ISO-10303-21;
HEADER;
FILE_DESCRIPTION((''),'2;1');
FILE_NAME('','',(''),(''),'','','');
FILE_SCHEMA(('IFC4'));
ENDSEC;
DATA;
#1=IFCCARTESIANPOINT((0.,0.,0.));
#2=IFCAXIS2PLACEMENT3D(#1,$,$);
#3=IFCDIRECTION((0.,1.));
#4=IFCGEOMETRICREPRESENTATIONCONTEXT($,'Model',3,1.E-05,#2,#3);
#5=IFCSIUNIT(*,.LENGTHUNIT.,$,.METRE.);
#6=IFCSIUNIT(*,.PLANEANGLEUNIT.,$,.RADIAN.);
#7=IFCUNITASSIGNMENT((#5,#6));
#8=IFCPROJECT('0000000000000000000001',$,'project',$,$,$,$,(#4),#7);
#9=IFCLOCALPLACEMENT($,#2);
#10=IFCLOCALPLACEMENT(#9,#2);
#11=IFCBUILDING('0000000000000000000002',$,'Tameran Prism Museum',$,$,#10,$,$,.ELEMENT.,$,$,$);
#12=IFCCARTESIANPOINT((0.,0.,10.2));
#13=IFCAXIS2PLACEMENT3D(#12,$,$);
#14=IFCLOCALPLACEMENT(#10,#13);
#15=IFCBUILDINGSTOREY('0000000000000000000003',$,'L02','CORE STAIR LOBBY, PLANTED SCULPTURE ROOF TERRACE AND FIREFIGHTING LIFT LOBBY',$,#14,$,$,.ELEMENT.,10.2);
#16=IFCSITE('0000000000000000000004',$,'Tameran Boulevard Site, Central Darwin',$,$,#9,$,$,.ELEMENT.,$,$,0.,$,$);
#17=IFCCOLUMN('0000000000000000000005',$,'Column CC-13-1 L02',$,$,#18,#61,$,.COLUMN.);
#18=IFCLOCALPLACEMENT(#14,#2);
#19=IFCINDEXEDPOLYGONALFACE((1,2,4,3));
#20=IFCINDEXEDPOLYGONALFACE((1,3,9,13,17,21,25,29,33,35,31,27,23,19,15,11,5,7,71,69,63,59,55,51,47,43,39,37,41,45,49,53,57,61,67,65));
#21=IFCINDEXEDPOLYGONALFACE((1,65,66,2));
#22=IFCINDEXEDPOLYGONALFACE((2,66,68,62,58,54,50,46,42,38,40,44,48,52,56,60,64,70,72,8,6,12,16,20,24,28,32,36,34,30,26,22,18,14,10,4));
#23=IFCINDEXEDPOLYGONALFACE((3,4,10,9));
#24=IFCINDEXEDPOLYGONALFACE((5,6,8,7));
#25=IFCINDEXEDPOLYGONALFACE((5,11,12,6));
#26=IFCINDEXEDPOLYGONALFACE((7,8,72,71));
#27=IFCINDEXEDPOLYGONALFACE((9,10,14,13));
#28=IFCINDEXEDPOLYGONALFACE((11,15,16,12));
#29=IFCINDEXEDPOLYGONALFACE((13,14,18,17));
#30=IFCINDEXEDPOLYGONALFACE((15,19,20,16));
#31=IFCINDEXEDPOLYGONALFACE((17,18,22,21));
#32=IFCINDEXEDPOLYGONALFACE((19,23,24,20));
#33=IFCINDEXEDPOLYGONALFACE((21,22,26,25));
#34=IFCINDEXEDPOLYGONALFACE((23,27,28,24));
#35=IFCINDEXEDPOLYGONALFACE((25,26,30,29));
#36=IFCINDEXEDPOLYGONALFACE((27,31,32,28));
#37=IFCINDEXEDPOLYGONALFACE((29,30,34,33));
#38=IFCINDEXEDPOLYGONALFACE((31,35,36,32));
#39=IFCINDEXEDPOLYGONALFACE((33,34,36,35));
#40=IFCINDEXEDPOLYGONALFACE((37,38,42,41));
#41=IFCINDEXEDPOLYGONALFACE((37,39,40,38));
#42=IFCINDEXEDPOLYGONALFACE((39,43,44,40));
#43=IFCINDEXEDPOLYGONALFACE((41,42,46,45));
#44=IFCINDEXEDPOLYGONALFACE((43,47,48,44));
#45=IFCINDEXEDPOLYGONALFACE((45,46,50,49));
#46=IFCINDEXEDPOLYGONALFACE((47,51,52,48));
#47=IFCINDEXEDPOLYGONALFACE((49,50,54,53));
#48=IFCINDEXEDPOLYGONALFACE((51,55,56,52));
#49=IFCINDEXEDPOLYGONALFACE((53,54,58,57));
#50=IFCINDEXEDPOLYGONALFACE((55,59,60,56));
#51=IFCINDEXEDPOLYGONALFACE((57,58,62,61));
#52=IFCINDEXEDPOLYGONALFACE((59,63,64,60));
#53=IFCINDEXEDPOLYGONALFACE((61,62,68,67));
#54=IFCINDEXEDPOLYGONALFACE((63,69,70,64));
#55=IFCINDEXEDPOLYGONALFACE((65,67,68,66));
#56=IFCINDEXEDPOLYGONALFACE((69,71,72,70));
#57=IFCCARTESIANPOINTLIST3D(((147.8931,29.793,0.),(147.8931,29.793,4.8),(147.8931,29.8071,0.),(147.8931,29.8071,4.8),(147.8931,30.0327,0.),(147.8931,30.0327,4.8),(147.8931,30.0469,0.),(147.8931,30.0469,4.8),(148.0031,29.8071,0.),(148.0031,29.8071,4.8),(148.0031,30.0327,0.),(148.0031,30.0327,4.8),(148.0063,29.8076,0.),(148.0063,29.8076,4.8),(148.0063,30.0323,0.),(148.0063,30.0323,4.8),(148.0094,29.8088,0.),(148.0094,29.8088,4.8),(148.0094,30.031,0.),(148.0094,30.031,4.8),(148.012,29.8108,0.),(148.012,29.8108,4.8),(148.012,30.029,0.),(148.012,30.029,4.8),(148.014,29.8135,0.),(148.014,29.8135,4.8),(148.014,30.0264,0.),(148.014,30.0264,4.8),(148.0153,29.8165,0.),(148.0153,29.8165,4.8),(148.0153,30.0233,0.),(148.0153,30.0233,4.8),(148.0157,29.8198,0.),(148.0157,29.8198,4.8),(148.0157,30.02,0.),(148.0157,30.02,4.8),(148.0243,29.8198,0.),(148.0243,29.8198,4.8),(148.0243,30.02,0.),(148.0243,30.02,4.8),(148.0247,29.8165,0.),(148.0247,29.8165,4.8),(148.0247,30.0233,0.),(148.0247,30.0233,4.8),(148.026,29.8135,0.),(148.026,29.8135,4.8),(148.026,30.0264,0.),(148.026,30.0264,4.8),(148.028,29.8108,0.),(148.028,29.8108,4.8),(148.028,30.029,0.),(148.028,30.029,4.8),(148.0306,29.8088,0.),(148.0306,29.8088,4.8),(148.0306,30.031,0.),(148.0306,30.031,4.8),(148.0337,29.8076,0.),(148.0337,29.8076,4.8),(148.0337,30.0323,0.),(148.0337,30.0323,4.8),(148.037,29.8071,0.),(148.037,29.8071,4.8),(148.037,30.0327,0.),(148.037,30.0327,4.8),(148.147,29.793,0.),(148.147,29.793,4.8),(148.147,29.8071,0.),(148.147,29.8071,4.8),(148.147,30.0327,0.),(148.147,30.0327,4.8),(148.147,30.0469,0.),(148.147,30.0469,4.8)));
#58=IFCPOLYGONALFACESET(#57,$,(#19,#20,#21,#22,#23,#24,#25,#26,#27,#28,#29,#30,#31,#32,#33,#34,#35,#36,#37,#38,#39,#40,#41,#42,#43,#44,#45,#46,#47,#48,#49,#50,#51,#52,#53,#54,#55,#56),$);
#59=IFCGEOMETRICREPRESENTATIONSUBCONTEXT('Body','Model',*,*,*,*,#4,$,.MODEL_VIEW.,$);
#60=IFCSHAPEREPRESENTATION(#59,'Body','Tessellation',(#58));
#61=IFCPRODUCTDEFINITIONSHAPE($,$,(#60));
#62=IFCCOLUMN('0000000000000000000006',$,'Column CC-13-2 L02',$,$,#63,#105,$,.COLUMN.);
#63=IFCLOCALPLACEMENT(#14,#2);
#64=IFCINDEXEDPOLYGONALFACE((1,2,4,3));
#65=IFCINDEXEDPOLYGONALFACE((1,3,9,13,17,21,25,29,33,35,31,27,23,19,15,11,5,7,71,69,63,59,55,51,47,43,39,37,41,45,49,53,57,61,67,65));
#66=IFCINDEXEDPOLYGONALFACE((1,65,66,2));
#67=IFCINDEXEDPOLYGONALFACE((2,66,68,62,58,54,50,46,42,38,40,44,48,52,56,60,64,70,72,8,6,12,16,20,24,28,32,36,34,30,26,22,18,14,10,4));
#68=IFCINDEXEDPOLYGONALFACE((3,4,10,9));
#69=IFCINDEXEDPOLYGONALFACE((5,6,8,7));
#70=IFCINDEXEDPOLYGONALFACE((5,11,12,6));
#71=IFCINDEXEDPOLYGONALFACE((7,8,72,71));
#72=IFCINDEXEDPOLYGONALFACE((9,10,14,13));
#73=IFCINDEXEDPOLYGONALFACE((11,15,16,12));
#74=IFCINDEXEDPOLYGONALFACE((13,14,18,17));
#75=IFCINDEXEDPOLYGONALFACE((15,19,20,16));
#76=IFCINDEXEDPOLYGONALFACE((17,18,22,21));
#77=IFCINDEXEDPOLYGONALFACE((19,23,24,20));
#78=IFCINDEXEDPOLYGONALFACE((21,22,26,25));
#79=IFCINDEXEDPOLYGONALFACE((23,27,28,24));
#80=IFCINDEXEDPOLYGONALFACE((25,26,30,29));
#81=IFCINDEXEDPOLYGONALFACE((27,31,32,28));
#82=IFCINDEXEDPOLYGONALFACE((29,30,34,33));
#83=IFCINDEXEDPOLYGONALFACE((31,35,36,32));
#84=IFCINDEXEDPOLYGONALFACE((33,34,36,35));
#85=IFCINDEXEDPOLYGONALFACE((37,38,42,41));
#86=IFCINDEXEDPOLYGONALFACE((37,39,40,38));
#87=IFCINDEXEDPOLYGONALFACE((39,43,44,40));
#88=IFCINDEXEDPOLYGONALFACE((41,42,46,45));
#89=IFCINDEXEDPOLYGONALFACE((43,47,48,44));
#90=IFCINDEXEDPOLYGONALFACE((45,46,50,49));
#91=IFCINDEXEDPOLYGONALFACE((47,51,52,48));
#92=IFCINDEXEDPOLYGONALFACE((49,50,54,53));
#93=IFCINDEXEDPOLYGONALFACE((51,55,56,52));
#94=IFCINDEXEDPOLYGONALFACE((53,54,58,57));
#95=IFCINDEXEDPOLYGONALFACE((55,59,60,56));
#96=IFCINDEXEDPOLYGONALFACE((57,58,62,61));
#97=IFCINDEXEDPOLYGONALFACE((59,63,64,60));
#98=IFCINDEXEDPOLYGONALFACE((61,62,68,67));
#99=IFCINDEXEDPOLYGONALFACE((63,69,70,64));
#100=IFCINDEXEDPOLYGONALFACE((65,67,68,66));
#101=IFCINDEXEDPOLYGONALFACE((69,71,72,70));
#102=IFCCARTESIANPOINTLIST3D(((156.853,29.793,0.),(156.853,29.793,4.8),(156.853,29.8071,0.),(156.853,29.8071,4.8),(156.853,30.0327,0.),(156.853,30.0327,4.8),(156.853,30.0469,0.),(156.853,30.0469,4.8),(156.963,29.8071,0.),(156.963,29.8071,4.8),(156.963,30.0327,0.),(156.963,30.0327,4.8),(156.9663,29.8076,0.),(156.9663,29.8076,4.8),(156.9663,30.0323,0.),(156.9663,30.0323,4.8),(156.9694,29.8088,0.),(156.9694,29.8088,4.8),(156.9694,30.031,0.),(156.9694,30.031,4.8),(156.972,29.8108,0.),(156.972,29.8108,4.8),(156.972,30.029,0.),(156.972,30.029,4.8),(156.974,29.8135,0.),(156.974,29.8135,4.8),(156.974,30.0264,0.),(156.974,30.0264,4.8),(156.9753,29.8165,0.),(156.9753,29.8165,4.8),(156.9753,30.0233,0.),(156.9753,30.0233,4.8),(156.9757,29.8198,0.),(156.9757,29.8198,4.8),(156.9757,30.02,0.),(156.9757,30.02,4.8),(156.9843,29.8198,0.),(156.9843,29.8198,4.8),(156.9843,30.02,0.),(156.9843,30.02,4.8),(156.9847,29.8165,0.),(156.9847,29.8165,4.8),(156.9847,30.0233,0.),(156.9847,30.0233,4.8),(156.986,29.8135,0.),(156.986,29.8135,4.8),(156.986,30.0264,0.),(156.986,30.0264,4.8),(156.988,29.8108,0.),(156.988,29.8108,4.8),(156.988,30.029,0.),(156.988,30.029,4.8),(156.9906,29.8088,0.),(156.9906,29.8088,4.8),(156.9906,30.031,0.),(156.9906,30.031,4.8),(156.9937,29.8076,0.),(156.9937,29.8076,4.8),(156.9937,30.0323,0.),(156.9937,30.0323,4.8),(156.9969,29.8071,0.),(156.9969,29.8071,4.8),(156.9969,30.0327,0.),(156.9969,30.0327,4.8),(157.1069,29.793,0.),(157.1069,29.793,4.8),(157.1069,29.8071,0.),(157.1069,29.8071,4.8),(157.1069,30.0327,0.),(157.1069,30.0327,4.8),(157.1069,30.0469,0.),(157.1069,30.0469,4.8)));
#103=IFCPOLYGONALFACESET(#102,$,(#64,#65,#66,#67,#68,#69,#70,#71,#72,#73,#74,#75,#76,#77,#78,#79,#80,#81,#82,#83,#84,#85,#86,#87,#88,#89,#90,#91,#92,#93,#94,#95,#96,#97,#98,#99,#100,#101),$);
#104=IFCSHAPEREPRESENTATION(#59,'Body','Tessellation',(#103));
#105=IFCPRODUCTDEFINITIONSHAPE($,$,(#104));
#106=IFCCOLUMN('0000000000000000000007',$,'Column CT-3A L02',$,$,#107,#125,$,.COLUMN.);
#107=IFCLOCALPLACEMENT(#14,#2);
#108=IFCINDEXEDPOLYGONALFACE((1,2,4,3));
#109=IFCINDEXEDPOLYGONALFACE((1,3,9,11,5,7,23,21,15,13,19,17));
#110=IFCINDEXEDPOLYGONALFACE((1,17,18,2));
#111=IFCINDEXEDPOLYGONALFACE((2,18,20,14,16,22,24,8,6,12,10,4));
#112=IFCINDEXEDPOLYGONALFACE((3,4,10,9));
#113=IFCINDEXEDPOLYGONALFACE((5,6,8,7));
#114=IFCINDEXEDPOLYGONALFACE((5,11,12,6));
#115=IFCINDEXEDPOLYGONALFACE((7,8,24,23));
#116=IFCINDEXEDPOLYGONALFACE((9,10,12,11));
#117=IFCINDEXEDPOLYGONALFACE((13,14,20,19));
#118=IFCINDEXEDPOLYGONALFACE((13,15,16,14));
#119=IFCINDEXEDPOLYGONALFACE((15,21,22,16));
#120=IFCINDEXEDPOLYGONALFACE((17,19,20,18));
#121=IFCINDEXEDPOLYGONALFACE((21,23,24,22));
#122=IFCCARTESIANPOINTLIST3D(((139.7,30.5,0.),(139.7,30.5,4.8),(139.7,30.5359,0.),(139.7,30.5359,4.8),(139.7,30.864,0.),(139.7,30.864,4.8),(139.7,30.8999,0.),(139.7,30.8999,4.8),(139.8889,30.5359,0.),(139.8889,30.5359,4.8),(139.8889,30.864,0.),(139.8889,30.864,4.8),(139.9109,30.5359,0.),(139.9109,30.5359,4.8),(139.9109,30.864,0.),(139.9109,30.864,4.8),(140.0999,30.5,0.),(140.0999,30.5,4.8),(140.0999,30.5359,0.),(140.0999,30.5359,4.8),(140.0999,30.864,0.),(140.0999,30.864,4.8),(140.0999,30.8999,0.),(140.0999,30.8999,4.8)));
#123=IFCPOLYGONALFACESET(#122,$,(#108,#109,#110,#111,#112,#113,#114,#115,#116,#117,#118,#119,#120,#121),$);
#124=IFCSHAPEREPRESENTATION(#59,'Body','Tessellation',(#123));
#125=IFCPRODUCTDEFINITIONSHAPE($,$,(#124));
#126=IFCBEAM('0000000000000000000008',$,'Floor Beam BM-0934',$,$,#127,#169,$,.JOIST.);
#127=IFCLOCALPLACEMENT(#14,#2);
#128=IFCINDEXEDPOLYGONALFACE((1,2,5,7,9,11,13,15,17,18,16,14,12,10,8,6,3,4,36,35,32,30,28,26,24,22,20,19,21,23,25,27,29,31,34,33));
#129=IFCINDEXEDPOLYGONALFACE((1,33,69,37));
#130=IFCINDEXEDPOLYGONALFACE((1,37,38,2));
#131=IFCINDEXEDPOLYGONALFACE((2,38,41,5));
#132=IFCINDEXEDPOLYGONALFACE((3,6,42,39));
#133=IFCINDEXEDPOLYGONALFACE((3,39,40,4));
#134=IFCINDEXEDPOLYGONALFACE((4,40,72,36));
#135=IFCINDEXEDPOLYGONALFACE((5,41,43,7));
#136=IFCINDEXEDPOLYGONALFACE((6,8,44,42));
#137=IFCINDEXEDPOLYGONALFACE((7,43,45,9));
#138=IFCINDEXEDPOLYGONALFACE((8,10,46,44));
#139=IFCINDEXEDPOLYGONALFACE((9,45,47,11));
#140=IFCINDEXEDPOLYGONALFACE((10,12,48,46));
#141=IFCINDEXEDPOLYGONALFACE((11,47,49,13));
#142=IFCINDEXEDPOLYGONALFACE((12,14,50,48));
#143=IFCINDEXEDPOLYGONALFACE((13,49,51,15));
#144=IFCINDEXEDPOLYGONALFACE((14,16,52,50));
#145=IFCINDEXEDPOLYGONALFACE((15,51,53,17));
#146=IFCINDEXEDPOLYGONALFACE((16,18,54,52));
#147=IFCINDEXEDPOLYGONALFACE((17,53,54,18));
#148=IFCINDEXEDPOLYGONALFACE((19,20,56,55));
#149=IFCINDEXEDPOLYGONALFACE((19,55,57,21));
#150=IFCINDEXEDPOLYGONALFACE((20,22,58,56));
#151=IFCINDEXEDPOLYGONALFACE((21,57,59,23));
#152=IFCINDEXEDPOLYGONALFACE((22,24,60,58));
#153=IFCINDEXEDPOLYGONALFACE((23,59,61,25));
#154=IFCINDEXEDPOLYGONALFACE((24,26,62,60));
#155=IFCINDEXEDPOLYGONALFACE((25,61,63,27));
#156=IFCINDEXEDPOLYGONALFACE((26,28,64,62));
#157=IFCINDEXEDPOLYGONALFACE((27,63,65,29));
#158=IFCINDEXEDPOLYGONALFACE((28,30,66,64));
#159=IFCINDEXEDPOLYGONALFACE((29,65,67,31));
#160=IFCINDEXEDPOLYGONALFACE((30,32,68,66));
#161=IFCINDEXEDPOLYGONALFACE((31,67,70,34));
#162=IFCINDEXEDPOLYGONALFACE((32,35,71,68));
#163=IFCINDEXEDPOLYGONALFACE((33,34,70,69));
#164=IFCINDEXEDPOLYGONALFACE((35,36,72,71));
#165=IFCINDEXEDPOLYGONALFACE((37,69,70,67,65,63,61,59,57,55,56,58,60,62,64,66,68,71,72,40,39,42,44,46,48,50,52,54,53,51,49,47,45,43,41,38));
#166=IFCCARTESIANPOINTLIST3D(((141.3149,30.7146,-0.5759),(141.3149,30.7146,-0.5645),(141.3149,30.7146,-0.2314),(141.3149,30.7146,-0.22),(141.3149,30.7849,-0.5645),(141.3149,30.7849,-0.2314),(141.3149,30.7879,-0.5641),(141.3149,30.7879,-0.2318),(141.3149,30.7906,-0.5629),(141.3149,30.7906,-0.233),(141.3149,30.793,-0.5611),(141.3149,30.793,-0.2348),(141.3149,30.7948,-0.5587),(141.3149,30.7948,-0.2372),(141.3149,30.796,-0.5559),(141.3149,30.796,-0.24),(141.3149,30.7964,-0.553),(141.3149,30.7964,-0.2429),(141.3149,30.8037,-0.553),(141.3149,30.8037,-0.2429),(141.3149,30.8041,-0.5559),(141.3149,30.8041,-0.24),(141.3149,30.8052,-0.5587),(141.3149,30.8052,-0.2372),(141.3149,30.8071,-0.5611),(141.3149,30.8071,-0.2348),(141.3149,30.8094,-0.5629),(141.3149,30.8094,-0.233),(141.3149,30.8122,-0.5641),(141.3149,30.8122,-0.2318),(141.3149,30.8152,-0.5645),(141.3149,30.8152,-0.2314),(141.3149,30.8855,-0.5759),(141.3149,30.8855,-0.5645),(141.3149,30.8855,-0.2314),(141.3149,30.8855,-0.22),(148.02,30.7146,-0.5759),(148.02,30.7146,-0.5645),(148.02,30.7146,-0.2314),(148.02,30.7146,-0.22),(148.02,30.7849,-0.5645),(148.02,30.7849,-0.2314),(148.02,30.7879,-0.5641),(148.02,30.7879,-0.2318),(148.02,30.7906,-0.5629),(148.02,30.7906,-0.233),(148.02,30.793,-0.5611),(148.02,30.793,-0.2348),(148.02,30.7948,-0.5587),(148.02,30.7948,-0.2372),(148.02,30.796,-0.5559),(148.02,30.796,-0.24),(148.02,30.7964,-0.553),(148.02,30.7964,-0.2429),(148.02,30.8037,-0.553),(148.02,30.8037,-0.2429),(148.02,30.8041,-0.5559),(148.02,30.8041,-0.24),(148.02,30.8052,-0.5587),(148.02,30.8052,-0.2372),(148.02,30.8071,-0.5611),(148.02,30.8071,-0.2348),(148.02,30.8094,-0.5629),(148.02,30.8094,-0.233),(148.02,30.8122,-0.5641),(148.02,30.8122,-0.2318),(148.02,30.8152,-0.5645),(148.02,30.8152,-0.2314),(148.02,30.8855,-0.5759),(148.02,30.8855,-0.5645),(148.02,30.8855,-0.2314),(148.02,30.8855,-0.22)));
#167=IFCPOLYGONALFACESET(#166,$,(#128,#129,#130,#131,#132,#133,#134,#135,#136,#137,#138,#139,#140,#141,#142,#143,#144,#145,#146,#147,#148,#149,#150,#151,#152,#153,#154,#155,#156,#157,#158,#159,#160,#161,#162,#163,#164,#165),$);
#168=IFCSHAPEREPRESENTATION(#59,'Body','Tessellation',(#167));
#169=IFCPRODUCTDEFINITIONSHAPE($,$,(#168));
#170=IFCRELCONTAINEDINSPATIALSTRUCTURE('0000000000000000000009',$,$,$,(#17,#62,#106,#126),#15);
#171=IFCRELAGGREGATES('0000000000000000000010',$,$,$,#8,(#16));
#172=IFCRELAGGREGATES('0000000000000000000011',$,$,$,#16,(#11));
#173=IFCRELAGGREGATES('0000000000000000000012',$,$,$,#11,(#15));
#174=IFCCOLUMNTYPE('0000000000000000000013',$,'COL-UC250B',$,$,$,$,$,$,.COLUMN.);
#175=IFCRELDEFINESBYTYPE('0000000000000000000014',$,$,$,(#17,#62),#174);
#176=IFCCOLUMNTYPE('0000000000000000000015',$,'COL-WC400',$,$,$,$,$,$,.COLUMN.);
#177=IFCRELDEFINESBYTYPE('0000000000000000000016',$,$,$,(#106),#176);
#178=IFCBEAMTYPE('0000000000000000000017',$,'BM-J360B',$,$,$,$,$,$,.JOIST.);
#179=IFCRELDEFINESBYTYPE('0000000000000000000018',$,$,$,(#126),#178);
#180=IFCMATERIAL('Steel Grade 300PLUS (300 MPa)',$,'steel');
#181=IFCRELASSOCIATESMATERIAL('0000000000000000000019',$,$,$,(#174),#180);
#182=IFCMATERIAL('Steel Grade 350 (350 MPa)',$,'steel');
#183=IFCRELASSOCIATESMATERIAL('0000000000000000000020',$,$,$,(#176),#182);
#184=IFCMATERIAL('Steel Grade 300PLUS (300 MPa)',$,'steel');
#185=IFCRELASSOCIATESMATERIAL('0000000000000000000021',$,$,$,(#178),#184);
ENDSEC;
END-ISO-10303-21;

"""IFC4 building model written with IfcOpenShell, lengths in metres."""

from ifc_helpers import new_model, si_unit, direction, frame, origin, origin_2d, place, context, subcontext, project, spatial, i_section, extrude, material, material_profile, profile_set, type_object, element, save


model = new_model("IFC4")

# Units and contexts
model_context = context("Model", 3, precision=1e-05, world=origin(), true_north=direction((0.0, 1.0)))
body_context = subcontext(model_context, "Body", "Model", "MODEL_VIEW")
ifc_project = project(units=[si_unit("LENGTHUNIT", "METRE"), si_unit("PLANEANGLEUNIT", "RADIAN")], contexts=[model_context])

# Site, building, storey
site_placement = place(None, origin())
site = spatial("IfcSite", under=ifc_project, at=site_placement, Name="Tameran Boulevard Site, Central Darwin", CompositionType="ELEMENT", RefElevation=0.0)
building_placement = place(site_placement, origin())
building = spatial("IfcBuilding", under=site, at=building_placement, Name="Tameran Prism Museum", CompositionType="ELEMENT")
storey_placement = place(building_placement, frame((0.0, 0.0, 10.2)))
storey = spatial("IfcBuildingStorey", under=building, at=storey_placement, Name="L02", Description="CORE STAIR LOBBY, PLANTED SCULPTURE ROOF TERRACE AND FIREFIGHTING LIFT LOBBY", CompositionType="ELEMENT", Elevation=10.2)

# Columns
ifc_material_1 = material(Name="Steel Grade 300PLUS (300 MPa)", Category="steel")
ifc_material_profile_1 = material_profile(ifc_material_1, i_section(OverallWidth=0.2539, OverallDepth=0.2539, WebThickness=0.0085, FlangeThickness=0.0142, FilletRadius=0.0127, at=origin_2d()))
ifc_profile_set_1 = profile_set([ifc_material_profile_1])
column_type_1 = type_object("IfcColumnType", Name="COL-UC250B", PredefinedType="COLUMN", material=ifc_profile_set_1)
for number, where, z_axis, x_axis, name in (
    (1, (148.02, 29.9199, 0.0), (0.0, 0.0, 1.0), (1.0, 0.0, 0.0), "Column CC-13-1 L02"),
    (2, (156.98, 29.9199, 0.0), (0.0, 0.0, 1.0), (1.0, 0.0, 0.0), "Column CC-13-2 L02"),
):
    element("IfcColumn", number, at=place(storey_placement, frame(where, z_axis=z_axis, x_axis=x_axis)), inside=storey, type_object=column_type_1, Name=name, PredefinedType="COLUMN", context=body_context, shape_type="SweptSolid", body=[
        extrude(i_section(OverallWidth=0.2539, OverallDepth=0.2539, WebThickness=0.0085, FlangeThickness=0.0142, FilletRadius=0.0127, at=origin_2d()), origin(), (0.0, 0.0, 1.0), 4.8),
    ])
ifc_material_2 = material(Name="Steel Grade 350 (350 MPa)", Category="steel")
ifc_material_profile_2 = material_profile(ifc_material_2, i_section(OverallWidth=0.3999, OverallDepth=0.3999, WebThickness=0.022, FlangeThickness=0.0359, at=origin_2d()))
ifc_profile_set_2 = profile_set([ifc_material_profile_2])
column_type_2 = type_object("IfcColumnType", Name="COL-WC400", PredefinedType="COLUMN", material=ifc_profile_set_2)
column_placement = place(storey_placement, frame((139.8999, 30.7, 0.0), z_axis=(0.0, 0.0, 1.0), x_axis=(1.0, 0.0, 0.0)))
element("IfcColumn", 3, at=column_placement, inside=storey, type_object=column_type_2, Name="Column CT-3A L02", PredefinedType="COLUMN", context=body_context, shape_type="SweptSolid", body=[
    extrude(i_section(OverallWidth=0.3999, OverallDepth=0.3999, WebThickness=0.022, FlangeThickness=0.0359, at=origin_2d()), origin(), (0.0, 0.0, 1.0), 4.8),
])

# Beam
ifc_material_3 = material(Name="Steel Grade 300PLUS (300 MPa)", Category="steel")
ifc_material_profile_3 = material_profile(ifc_material_3, i_section(OverallWidth=0.1709, OverallDepth=0.356, WebThickness=0.0073, FlangeThickness=0.0115, FilletRadius=0.0115, at=origin_2d()))
ifc_profile_set_3 = profile_set([ifc_material_profile_3])
beam_type_1 = type_object("IfcBeamType", Name="BM-J360B", PredefinedType="JOIST", material=ifc_profile_set_3)
beam_1_placement = place(storey_placement, frame((141.3149, 30.8, -0.3979), z_axis=(1.0, 0.0, 0.0), x_axis=(0.0, 1.0, 0.0)))
element("IfcBeam", 4, at=beam_1_placement, inside=storey, type_object=beam_type_1, Name="Floor Beam BM-0934", PredefinedType="JOIST", context=body_context, shape_type="SweptSolid", body=[
    extrude(i_section(OverallWidth=0.1709, OverallDepth=0.356, WebThickness=0.0073, FlangeThickness=0.0115, FilletRadius=0.0115, at=origin_2d()), origin(), (0.0, 0.0, 1.0), 6.7051),
])

save(model, "model.ifc")
